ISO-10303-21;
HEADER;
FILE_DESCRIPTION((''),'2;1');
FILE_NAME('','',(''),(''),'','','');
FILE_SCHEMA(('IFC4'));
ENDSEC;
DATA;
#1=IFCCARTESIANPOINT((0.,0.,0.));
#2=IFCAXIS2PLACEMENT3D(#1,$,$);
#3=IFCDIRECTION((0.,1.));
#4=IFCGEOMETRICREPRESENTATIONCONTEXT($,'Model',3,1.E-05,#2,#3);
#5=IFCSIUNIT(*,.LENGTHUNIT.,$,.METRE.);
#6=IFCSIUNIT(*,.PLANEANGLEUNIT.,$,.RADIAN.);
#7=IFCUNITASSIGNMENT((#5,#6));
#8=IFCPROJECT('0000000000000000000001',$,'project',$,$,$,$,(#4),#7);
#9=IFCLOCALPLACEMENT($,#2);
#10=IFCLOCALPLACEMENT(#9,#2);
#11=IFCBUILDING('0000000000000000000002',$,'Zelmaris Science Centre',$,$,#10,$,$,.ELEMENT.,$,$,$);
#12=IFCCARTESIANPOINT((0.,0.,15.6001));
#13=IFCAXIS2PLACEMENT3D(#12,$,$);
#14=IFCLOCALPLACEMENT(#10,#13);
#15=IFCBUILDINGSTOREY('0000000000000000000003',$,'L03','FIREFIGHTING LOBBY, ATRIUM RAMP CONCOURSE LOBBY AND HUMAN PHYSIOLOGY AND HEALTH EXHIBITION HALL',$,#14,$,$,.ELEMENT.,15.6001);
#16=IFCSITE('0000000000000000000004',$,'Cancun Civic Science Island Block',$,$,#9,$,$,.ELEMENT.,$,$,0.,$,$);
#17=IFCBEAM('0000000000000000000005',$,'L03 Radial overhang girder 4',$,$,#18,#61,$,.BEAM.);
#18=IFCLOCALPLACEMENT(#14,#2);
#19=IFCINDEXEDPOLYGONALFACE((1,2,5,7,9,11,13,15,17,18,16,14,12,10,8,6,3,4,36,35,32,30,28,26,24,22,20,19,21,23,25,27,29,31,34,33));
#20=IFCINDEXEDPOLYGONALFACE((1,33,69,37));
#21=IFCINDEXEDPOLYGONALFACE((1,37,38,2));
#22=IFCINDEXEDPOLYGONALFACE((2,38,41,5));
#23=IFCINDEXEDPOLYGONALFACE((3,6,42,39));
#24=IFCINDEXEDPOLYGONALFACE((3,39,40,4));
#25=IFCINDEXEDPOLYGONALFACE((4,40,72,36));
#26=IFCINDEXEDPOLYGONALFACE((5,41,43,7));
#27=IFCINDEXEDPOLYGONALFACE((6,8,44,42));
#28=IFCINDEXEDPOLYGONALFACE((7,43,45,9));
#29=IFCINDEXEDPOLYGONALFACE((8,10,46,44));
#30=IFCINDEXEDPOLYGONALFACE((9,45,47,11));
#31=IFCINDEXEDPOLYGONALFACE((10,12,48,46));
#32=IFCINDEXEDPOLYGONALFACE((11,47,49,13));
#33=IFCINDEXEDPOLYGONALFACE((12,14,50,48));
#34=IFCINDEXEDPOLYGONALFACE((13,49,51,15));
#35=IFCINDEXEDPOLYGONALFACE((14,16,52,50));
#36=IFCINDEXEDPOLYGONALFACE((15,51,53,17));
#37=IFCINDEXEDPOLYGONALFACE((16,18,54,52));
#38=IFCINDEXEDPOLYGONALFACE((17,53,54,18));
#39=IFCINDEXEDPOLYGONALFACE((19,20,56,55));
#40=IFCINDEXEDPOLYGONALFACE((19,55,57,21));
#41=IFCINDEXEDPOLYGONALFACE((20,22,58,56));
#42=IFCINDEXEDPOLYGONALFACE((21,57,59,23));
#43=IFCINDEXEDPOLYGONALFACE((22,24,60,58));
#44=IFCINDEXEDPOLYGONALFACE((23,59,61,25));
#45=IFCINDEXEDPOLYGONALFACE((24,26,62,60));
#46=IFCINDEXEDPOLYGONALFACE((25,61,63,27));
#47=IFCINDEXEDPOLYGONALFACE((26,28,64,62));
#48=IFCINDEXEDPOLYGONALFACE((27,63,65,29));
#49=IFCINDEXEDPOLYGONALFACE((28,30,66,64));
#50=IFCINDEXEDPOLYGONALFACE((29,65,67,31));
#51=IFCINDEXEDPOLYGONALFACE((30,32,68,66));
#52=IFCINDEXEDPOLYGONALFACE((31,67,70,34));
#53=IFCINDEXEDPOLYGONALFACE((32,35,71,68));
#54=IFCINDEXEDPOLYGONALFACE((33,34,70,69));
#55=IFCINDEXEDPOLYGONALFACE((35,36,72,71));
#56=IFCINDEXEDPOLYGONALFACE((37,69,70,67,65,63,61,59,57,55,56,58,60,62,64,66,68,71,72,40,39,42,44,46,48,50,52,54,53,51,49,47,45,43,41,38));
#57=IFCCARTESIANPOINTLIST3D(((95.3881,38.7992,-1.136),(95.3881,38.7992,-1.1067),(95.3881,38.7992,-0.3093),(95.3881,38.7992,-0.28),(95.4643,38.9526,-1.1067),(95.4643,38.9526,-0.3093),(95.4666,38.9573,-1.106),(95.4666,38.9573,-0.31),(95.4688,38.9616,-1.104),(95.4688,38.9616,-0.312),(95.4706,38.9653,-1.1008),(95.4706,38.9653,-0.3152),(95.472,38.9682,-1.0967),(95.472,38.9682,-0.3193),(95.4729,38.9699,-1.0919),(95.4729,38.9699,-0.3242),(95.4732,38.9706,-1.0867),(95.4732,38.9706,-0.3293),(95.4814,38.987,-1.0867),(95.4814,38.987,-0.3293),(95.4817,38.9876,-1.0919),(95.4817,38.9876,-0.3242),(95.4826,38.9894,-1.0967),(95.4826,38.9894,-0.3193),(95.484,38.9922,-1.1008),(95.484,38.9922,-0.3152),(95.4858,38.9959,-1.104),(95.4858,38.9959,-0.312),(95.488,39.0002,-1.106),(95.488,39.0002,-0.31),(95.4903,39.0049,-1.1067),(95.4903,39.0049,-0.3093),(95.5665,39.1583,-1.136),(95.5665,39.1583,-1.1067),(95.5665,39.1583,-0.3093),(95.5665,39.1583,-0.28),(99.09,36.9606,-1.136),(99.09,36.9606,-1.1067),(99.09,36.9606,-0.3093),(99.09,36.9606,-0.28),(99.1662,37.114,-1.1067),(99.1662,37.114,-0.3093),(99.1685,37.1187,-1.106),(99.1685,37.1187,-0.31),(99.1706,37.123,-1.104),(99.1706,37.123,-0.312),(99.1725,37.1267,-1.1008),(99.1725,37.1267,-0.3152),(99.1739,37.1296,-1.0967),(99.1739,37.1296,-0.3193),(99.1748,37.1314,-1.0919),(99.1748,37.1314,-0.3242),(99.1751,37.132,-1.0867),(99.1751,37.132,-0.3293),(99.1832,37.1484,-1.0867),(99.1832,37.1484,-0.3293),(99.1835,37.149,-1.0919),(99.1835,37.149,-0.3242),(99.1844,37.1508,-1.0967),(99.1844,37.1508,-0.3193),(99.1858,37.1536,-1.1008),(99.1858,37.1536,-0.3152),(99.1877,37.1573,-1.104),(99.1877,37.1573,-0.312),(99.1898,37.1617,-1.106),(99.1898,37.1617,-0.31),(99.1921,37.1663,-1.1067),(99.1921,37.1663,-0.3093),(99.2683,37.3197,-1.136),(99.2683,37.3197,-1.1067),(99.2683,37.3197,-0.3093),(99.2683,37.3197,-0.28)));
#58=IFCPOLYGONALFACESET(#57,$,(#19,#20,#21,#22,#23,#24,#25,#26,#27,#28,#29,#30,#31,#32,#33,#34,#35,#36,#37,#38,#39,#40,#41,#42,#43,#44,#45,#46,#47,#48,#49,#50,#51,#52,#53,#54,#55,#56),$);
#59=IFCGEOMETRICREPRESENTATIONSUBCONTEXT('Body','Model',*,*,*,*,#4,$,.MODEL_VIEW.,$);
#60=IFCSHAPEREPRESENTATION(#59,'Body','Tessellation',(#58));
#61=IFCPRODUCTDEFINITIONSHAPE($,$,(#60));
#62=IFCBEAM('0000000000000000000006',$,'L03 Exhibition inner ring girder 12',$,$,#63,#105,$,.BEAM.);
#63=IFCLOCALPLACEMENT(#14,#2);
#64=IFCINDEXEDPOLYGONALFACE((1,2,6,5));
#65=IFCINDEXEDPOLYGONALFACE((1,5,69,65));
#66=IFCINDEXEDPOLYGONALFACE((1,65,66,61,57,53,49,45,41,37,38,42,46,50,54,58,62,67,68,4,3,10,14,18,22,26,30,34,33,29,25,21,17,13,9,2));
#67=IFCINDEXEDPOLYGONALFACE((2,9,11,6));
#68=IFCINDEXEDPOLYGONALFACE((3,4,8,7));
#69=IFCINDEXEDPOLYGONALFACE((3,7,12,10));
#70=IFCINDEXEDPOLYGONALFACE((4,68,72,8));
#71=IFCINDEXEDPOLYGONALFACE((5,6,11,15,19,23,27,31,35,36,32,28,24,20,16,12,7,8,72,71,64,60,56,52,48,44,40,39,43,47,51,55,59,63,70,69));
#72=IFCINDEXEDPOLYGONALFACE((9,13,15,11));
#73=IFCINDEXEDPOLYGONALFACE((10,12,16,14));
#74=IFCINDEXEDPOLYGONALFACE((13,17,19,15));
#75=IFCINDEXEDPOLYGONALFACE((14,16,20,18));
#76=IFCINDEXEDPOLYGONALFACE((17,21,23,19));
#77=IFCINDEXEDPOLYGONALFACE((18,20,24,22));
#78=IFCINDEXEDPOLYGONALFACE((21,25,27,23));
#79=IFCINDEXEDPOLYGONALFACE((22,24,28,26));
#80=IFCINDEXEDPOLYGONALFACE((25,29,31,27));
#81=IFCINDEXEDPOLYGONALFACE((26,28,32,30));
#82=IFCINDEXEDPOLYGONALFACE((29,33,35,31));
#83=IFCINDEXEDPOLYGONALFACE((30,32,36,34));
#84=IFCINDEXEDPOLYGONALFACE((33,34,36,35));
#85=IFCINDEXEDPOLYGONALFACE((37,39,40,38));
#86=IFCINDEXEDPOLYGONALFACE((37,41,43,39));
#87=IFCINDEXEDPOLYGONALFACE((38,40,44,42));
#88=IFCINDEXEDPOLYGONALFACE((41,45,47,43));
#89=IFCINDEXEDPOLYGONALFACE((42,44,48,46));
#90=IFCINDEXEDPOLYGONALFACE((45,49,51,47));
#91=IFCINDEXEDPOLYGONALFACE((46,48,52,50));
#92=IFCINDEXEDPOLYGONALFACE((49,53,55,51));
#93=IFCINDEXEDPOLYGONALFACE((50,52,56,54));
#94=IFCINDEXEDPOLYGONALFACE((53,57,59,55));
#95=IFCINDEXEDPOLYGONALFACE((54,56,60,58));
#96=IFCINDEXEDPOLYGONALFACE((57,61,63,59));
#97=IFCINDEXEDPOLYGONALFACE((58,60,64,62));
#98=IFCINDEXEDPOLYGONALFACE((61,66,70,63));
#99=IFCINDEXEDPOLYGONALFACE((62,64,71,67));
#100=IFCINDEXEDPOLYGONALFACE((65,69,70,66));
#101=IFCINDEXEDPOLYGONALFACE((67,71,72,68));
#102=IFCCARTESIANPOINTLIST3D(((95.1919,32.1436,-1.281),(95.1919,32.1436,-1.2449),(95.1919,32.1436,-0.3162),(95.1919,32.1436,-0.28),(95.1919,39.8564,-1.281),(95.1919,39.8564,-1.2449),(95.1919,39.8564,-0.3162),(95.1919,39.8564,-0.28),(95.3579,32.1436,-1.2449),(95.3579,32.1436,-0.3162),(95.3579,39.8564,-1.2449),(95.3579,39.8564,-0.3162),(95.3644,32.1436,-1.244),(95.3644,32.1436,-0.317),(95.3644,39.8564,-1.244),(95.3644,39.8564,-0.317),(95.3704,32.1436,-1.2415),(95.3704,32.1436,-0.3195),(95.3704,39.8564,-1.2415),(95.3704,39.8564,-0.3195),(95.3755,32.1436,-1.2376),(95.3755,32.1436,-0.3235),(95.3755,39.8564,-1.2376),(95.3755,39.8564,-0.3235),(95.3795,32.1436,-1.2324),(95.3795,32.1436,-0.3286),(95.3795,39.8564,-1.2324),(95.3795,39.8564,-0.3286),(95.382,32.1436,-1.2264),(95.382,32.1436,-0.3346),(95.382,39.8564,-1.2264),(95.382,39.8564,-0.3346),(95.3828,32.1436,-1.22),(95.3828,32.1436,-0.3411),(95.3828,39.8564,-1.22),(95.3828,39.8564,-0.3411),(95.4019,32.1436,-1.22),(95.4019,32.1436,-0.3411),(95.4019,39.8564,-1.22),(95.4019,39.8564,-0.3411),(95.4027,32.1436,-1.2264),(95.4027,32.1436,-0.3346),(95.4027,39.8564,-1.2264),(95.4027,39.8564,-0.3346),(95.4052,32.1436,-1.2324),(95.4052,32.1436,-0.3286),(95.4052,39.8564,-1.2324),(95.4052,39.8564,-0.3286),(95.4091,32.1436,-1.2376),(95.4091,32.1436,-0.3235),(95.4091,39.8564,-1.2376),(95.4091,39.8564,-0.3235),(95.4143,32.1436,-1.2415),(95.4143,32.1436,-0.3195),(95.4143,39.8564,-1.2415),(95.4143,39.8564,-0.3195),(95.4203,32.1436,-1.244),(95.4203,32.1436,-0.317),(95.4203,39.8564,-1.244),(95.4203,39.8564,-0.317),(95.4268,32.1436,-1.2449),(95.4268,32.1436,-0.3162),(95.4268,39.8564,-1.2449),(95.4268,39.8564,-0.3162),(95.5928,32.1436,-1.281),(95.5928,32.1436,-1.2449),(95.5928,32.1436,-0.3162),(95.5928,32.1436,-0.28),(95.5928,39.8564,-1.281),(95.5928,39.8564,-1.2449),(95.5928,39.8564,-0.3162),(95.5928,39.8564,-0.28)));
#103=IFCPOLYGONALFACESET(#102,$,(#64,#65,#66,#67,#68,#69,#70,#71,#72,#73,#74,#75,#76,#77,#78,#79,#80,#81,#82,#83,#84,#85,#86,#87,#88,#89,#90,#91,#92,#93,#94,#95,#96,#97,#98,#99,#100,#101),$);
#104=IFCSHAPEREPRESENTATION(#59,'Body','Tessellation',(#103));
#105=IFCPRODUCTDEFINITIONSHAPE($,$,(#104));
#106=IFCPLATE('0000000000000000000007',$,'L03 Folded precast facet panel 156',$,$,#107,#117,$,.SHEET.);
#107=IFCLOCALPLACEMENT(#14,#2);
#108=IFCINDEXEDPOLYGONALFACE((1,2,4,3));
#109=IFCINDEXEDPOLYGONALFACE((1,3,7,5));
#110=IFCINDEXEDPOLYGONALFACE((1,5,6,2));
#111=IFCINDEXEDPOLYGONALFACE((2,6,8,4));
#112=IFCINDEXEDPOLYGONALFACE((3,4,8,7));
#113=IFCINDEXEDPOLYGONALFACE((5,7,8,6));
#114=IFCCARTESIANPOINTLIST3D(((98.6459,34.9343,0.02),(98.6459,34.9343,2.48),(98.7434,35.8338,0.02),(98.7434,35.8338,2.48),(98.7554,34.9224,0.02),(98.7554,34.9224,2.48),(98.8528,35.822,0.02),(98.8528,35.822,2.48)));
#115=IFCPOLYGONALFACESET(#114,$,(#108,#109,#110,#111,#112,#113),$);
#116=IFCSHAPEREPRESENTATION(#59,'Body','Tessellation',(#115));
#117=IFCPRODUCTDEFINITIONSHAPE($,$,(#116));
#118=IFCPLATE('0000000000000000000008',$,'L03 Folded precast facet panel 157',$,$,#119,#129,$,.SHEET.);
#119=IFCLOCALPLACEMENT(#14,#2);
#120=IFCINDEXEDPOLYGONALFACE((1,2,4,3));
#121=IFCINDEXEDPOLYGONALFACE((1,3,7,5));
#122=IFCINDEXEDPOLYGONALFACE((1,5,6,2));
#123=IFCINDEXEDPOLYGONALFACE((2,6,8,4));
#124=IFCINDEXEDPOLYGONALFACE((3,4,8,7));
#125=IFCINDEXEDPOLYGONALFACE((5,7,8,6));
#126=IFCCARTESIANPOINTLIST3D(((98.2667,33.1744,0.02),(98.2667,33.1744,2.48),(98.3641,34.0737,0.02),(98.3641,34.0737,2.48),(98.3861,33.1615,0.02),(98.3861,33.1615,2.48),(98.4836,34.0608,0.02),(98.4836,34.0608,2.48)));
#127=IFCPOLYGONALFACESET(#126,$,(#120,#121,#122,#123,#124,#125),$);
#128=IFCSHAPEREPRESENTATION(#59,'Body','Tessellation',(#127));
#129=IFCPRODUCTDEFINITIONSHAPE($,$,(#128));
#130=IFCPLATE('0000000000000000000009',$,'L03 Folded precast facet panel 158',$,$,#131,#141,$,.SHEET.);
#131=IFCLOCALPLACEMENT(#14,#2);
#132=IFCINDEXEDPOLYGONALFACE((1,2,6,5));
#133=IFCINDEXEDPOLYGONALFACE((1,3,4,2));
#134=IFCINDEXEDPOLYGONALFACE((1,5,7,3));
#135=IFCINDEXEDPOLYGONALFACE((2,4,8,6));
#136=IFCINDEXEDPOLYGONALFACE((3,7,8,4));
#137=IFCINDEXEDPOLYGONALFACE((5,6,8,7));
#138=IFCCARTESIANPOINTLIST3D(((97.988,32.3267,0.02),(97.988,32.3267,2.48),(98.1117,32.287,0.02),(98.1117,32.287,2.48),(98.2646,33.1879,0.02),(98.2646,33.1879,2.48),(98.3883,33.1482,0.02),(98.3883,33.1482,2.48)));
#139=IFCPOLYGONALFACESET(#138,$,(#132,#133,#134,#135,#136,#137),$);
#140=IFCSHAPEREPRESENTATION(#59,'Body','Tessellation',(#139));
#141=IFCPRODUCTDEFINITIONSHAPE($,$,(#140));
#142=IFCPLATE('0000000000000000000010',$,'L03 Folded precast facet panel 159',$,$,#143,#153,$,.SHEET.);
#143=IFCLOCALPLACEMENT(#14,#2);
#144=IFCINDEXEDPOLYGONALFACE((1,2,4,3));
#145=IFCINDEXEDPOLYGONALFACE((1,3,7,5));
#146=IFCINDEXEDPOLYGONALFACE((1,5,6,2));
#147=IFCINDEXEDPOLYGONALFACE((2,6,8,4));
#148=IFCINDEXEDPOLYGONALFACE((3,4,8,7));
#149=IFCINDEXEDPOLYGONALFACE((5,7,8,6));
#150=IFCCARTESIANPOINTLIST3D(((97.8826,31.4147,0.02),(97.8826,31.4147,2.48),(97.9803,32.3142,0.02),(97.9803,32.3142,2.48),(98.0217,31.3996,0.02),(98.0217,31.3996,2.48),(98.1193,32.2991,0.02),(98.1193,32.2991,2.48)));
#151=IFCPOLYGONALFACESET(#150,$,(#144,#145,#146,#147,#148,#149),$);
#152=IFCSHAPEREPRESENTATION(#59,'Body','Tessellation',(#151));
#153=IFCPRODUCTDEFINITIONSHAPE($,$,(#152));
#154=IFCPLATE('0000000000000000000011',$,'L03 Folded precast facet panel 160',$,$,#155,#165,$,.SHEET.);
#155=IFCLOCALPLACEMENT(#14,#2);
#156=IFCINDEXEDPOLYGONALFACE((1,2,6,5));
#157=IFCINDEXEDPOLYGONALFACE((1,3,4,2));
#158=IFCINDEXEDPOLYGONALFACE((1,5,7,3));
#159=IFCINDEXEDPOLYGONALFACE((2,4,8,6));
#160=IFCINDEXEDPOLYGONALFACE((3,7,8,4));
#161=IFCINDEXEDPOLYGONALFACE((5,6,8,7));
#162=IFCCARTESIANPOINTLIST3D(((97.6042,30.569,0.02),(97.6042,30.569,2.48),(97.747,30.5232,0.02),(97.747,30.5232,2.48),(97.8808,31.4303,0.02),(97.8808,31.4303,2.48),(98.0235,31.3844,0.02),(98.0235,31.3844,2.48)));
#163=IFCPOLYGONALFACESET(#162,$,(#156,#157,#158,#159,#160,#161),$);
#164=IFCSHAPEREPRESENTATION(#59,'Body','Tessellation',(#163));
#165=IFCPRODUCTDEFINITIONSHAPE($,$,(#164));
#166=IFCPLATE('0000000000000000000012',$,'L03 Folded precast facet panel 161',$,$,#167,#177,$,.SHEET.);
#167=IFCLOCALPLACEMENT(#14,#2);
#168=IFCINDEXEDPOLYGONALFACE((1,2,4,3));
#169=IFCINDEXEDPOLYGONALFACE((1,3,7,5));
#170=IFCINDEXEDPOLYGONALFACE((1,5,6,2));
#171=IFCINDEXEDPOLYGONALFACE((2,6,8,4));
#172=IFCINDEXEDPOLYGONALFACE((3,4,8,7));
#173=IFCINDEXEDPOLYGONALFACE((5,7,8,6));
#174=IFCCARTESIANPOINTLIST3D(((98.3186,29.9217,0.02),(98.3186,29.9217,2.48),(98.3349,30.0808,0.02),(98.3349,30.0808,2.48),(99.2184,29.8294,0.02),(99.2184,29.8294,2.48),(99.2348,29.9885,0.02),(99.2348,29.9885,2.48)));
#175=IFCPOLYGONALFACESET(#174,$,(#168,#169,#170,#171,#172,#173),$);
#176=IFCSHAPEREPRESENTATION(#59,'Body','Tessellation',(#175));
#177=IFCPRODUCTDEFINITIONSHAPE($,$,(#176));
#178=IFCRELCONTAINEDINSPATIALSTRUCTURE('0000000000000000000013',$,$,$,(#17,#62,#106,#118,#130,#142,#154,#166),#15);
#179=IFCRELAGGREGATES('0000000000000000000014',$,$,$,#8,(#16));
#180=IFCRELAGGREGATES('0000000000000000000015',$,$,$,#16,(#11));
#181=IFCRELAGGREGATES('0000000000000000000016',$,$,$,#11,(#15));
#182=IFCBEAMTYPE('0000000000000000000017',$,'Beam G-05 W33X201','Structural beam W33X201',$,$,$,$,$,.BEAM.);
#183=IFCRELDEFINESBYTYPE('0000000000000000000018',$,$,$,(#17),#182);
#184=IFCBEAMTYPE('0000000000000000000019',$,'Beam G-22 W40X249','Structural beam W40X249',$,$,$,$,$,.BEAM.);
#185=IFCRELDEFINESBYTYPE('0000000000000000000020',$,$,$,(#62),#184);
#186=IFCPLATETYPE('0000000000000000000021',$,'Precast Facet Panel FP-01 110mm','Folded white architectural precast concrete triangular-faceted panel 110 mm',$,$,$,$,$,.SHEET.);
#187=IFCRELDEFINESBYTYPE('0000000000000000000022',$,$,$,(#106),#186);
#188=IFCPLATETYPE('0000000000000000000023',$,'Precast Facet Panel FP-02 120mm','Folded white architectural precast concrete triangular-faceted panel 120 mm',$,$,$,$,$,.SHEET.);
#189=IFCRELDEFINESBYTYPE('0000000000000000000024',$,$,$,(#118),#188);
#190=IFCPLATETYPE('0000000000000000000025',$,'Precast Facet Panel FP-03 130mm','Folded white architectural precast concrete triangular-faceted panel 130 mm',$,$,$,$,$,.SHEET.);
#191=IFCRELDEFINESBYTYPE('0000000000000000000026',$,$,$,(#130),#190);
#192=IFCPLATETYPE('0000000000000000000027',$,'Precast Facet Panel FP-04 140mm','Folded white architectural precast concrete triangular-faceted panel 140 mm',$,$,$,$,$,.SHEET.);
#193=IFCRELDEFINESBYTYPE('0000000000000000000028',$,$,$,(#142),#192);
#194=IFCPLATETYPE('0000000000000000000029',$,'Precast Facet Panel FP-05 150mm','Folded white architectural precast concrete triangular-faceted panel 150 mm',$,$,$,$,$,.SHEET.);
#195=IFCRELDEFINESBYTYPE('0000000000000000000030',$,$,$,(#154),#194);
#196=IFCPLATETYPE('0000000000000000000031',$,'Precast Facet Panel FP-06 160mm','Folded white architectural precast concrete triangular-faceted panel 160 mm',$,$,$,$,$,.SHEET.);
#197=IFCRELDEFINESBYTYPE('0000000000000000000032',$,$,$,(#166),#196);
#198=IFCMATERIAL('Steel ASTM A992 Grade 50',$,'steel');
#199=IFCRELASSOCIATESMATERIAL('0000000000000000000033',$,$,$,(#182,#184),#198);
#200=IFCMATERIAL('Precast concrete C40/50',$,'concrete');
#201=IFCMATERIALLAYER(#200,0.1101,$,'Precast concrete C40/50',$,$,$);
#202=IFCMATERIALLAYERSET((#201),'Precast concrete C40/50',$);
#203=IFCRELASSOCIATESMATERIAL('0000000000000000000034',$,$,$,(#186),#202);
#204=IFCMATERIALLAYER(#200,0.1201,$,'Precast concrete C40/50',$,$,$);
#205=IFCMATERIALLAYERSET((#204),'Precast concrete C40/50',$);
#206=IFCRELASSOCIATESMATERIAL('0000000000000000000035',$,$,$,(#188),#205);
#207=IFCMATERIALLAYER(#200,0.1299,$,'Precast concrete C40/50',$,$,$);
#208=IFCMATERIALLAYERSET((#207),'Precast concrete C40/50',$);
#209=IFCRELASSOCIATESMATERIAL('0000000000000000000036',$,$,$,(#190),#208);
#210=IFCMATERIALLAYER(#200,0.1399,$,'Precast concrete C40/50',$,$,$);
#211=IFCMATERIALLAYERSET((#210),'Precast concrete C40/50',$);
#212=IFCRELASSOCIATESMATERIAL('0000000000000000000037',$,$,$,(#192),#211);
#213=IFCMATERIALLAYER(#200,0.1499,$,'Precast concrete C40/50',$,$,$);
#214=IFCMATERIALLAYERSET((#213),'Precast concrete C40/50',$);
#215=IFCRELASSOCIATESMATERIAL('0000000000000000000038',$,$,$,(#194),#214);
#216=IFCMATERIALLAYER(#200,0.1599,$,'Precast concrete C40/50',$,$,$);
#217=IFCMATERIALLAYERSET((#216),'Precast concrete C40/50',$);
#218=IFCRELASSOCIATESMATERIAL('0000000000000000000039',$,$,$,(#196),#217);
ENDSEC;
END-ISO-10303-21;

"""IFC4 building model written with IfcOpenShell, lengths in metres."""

from ifc_helpers import new_model, si_unit, direction, frame, frame_2d, origin, origin_2d, place, context, subcontext, project, spatial, rectangle, i_section, extrude, material, layer, layer_set, material_profile, profile_set, type_object, element, save


model = new_model("IFC4")

# Units and contexts
model_context = context("Model", 3, precision=1e-05, world=origin(), true_north=direction((0.0, 1.0)))
body_context = subcontext(model_context, "Body", "Model", "MODEL_VIEW")
ifc_project = project(units=[si_unit("LENGTHUNIT", "METRE"), si_unit("PLANEANGLEUNIT", "RADIAN")], contexts=[model_context])

# Site, building, storey
site_placement = place(None, origin())
site = spatial("IfcSite", under=ifc_project, at=site_placement, Name="Cancun Civic Science Island Block", CompositionType="ELEMENT", RefElevation=0.0)
building_placement = place(site_placement, origin())
building = spatial("IfcBuilding", under=site, at=building_placement, Name="Zelmaris Science Centre", CompositionType="ELEMENT")
storey_placement = place(building_placement, frame((0.0, 0.0, 15.6001)))
storey = spatial("IfcBuildingStorey", under=building, at=storey_placement, Name="L03", Description="FIREFIGHTING LOBBY, ATRIUM RAMP CONCOURSE LOBBY AND HUMAN PHYSIOLOGY AND HEALTH EXHIBITION HALL", CompositionType="ELEMENT", Elevation=15.6001)

# Shared definitions
ifc_material_1 = material(Name="Steel ASTM A992 Grade 50", Category="steel")

# Beams
ifc_material_profile_1 = material_profile(ifc_material_1, i_section(OverallWidth=0.4009, OverallDepth=0.856, WebThickness=0.0183, FlangeThickness=0.0293, FilletRadius=0.02, at=origin_2d()), Name="W33X201")
ifc_profile_set_1 = profile_set([ifc_material_profile_1], Name="Steel ASTM A992 Grade 50")
beam_type_1 = type_object("IfcBeamType", Name="Beam G-05 W33X201", Description="Structural beam W33X201", PredefinedType="BEAM", material=ifc_profile_set_1)
beam_1_placement = place(storey_placement, frame((95.4773, 38.9788, -0.708), z_axis=(0.895617, -0.444826, 0.0), x_axis=(0.444826, 0.895617, 0.0)))
element("IfcBeam", 1, at=beam_1_placement, inside=storey, type_object=beam_type_1, Name="L03 Radial overhang girder 4", PredefinedType="BEAM", context=body_context, shape_type="SweptSolid", body=[
    extrude(i_section(OverallWidth=0.4009, OverallDepth=0.856, WebThickness=0.0183, FlangeThickness=0.0293, FilletRadius=0.02, at=origin_2d()), origin(), (0.0, 0.0, 1.0), 4.1333),
])
ifc_material_profile_2 = material_profile(ifc_material_1, i_section(OverallWidth=0.4009, OverallDepth=1.001, WebThickness=0.019, FlangeThickness=0.0361, FilletRadius=0.0249, at=origin_2d()), Name="W40X249")
ifc_profile_set_2 = profile_set([ifc_material_profile_2], Name="Steel ASTM A992 Grade 50")
beam_type_2 = type_object("IfcBeamType", Name="Beam G-22 W40X249", Description="Structural beam W40X249", PredefinedType="BEAM", material=ifc_profile_set_2)
beam_2_placement = place(storey_placement, frame((95.3923, 32.1436, -0.7805), z_axis=(0.0, 1.0, 0.0), x_axis=(-1.0, 0.0, 0.0)))
element("IfcBeam", 2, at=beam_2_placement, inside=storey, type_object=beam_type_2, Name="L03 Exhibition inner ring girder 12", PredefinedType="BEAM", context=body_context, shape_type="SweptSolid", body=[
    extrude(i_section(OverallWidth=0.4009, OverallDepth=1.001, WebThickness=0.019, FlangeThickness=0.0361, FilletRadius=0.0249, at=origin_2d()), origin(), (0.0, 0.0, 1.0), 7.7129),
])

# Plates
ifc_material_2 = material(Name="Precast concrete C40/50", Category="concrete")
ifc_layer_1 = layer(ifc_material_2, 0.1101, Name="Precast concrete C40/50")
ifc_layer_set_1 = layer_set([ifc_layer_1], Name="Precast concrete C40/50")
plate_type_1 = type_object("IfcPlateType", Name="Precast Facet Panel FP-01 110mm", Description="Folded white architectural precast concrete triangular-faceted panel 110 mm", PredefinedType="SHEET", material=ifc_layer_set_1)
plate_1_placement = place(storey_placement, frame((98.7981, 35.8279, 0.02), z_axis=(0.0, 0.0, 1.0), x_axis=(-0.107676, -0.994186, 0.0)))
element("IfcPlate", 3, at=plate_1_placement, inside=storey, type_object=plate_type_1, Name="L03 Folded precast facet panel 156", PredefinedType="SHEET", context=body_context, shape_type="SweptSolid", body=[
    extrude(rectangle(XDim=0.9048, YDim=0.1101, at=frame_2d((0.4524, 0.0))), origin(), (0.0, 0.0, 1.0), 2.46),
])
ifc_layer_2 = layer(ifc_material_2, 0.1201, Name="Precast concrete C40/50")
ifc_layer_set_2 = layer_set([ifc_layer_2], Name="Precast concrete C40/50")
plate_type_2 = type_object("IfcPlateType", Name="Precast Facet Panel FP-02 120mm", Description="Folded white architectural precast concrete triangular-faceted panel 120 mm", PredefinedType="SHEET", material=ifc_layer_set_2)
plate_2_placement = place(storey_placement, frame((98.4238, 34.0671, 0.02), z_axis=(0.0, 0.0, 1.0), x_axis=(-0.107705, -0.994183, 0.0)))
element("IfcPlate", 4, at=plate_2_placement, inside=storey, type_object=plate_type_2, Name="L03 Folded precast facet panel 157", PredefinedType="SHEET", context=body_context, shape_type="SweptSolid", body=[
    extrude(rectangle(XDim=0.9045, YDim=0.1201, at=frame_2d((0.4521, 0.0))), origin(), (0.0, 0.0, 1.0), 2.46),
])
ifc_layer_3 = layer(ifc_material_2, 0.1299, Name="Precast concrete C40/50")
ifc_layer_set_3 = layer_set([ifc_layer_3], Name="Precast concrete C40/50")
plate_type_3 = type_object("IfcPlateType", Name="Precast Facet Panel FP-03 130mm", Description="Folded white architectural precast concrete triangular-faceted panel 130 mm", PredefinedType="SHEET", material=ifc_layer_set_3)
plate_3_placement = place(storey_placement, frame((98.3264, 33.168, 0.02), z_axis=(0.0, 0.0, 1.0), x_axis=(-0.305765, -0.952107, 0.0)))
element("IfcPlate", 5, at=plate_3_placement, inside=storey, type_object=plate_type_3, Name="L03 Folded precast facet panel 158", PredefinedType="SHEET", context=body_context, shape_type="SweptSolid", body=[
    extrude(rectangle(XDim=0.9045, YDim=0.1299, at=frame_2d((0.4521, 0.0))), origin(), (0.0, 0.0, 1.0), 2.46),
])
ifc_layer_4 = layer(ifc_material_2, 0.1399, Name="Precast concrete C40/50")
ifc_layer_set_4 = layer_set([ifc_layer_4], Name="Precast concrete C40/50")
plate_type_4 = type_object("IfcPlateType", Name="Precast Facet Panel FP-04 140mm", Description="Folded white architectural precast concrete triangular-faceted panel 140 mm", PredefinedType="SHEET", material=ifc_layer_set_4)
plate_4_placement = place(storey_placement, frame((98.0498, 32.3066, 0.02), z_axis=(0.0, 0.0, 1.0), x_axis=(-0.107943, -0.994157, 0.0)))
element("IfcPlate", 6, at=plate_4_placement, inside=storey, type_object=plate_type_4, Name="L03 Folded precast facet panel 159", PredefinedType="SHEET", context=body_context, shape_type="SweptSolid", body=[
    extrude(rectangle(XDim=0.9048, YDim=0.1399, at=frame_2d((0.4524, 0.0))), origin(), (0.0, 0.0, 1.0), 2.46),
])
ifc_layer_5 = layer(ifc_material_2, 0.1499, Name="Precast concrete C40/50")
ifc_layer_set_5 = layer_set([ifc_layer_5], Name="Precast concrete C40/50")
plate_type_5 = type_object("IfcPlateType", Name="Precast Facet Panel FP-05 150mm", Description="Folded white architectural precast concrete triangular-faceted panel 150 mm", PredefinedType="SHEET", material=ifc_layer_set_5)
plate_5_placement = place(storey_placement, frame((97.9521, 31.4072, 0.02), z_axis=(0.0, 0.0, 1.0), x_axis=(-0.305765, -0.952107, 0.0)))
element("IfcPlate", 7, at=plate_5_placement, inside=storey, type_object=plate_type_5, Name="L03 Folded precast facet panel 160", PredefinedType="SHEET", context=body_context, shape_type="SweptSolid", body=[
    extrude(rectangle(XDim=0.9045, YDim=0.1499, at=frame_2d((0.4521, 0.0))), origin(), (0.0, 0.0, 1.0), 2.46),
])
ifc_layer_6 = layer(ifc_material_2, 0.1599, Name="Precast concrete C40/50")
ifc_layer_set_6 = layer_set([ifc_layer_6], Name="Precast concrete C40/50")
plate_type_6 = type_object("IfcPlateType", Name="Precast Facet Panel FP-06 160mm", Description="Folded white architectural precast concrete triangular-faceted panel 160 mm", PredefinedType="SHEET", material=ifc_layer_set_6)
plate_6_placement = place(storey_placement, frame((98.3269, 30.0012, 0.02), z_axis=(0.0, 0.0, 1.0), x_axis=(0.994783, -0.102015, 0.0)))
element("IfcPlate", 8, at=plate_6_placement, inside=storey, type_object=plate_type_6, Name="L03 Folded precast facet panel 161", PredefinedType="SHEET", context=body_context, shape_type="SweptSolid", body=[
    extrude(rectangle(XDim=0.9045, YDim=0.1599, at=frame_2d((0.4521, 0.0))), origin(), (0.0, 0.0, 1.0), 2.46),
])

save(model, "model.ifc")
